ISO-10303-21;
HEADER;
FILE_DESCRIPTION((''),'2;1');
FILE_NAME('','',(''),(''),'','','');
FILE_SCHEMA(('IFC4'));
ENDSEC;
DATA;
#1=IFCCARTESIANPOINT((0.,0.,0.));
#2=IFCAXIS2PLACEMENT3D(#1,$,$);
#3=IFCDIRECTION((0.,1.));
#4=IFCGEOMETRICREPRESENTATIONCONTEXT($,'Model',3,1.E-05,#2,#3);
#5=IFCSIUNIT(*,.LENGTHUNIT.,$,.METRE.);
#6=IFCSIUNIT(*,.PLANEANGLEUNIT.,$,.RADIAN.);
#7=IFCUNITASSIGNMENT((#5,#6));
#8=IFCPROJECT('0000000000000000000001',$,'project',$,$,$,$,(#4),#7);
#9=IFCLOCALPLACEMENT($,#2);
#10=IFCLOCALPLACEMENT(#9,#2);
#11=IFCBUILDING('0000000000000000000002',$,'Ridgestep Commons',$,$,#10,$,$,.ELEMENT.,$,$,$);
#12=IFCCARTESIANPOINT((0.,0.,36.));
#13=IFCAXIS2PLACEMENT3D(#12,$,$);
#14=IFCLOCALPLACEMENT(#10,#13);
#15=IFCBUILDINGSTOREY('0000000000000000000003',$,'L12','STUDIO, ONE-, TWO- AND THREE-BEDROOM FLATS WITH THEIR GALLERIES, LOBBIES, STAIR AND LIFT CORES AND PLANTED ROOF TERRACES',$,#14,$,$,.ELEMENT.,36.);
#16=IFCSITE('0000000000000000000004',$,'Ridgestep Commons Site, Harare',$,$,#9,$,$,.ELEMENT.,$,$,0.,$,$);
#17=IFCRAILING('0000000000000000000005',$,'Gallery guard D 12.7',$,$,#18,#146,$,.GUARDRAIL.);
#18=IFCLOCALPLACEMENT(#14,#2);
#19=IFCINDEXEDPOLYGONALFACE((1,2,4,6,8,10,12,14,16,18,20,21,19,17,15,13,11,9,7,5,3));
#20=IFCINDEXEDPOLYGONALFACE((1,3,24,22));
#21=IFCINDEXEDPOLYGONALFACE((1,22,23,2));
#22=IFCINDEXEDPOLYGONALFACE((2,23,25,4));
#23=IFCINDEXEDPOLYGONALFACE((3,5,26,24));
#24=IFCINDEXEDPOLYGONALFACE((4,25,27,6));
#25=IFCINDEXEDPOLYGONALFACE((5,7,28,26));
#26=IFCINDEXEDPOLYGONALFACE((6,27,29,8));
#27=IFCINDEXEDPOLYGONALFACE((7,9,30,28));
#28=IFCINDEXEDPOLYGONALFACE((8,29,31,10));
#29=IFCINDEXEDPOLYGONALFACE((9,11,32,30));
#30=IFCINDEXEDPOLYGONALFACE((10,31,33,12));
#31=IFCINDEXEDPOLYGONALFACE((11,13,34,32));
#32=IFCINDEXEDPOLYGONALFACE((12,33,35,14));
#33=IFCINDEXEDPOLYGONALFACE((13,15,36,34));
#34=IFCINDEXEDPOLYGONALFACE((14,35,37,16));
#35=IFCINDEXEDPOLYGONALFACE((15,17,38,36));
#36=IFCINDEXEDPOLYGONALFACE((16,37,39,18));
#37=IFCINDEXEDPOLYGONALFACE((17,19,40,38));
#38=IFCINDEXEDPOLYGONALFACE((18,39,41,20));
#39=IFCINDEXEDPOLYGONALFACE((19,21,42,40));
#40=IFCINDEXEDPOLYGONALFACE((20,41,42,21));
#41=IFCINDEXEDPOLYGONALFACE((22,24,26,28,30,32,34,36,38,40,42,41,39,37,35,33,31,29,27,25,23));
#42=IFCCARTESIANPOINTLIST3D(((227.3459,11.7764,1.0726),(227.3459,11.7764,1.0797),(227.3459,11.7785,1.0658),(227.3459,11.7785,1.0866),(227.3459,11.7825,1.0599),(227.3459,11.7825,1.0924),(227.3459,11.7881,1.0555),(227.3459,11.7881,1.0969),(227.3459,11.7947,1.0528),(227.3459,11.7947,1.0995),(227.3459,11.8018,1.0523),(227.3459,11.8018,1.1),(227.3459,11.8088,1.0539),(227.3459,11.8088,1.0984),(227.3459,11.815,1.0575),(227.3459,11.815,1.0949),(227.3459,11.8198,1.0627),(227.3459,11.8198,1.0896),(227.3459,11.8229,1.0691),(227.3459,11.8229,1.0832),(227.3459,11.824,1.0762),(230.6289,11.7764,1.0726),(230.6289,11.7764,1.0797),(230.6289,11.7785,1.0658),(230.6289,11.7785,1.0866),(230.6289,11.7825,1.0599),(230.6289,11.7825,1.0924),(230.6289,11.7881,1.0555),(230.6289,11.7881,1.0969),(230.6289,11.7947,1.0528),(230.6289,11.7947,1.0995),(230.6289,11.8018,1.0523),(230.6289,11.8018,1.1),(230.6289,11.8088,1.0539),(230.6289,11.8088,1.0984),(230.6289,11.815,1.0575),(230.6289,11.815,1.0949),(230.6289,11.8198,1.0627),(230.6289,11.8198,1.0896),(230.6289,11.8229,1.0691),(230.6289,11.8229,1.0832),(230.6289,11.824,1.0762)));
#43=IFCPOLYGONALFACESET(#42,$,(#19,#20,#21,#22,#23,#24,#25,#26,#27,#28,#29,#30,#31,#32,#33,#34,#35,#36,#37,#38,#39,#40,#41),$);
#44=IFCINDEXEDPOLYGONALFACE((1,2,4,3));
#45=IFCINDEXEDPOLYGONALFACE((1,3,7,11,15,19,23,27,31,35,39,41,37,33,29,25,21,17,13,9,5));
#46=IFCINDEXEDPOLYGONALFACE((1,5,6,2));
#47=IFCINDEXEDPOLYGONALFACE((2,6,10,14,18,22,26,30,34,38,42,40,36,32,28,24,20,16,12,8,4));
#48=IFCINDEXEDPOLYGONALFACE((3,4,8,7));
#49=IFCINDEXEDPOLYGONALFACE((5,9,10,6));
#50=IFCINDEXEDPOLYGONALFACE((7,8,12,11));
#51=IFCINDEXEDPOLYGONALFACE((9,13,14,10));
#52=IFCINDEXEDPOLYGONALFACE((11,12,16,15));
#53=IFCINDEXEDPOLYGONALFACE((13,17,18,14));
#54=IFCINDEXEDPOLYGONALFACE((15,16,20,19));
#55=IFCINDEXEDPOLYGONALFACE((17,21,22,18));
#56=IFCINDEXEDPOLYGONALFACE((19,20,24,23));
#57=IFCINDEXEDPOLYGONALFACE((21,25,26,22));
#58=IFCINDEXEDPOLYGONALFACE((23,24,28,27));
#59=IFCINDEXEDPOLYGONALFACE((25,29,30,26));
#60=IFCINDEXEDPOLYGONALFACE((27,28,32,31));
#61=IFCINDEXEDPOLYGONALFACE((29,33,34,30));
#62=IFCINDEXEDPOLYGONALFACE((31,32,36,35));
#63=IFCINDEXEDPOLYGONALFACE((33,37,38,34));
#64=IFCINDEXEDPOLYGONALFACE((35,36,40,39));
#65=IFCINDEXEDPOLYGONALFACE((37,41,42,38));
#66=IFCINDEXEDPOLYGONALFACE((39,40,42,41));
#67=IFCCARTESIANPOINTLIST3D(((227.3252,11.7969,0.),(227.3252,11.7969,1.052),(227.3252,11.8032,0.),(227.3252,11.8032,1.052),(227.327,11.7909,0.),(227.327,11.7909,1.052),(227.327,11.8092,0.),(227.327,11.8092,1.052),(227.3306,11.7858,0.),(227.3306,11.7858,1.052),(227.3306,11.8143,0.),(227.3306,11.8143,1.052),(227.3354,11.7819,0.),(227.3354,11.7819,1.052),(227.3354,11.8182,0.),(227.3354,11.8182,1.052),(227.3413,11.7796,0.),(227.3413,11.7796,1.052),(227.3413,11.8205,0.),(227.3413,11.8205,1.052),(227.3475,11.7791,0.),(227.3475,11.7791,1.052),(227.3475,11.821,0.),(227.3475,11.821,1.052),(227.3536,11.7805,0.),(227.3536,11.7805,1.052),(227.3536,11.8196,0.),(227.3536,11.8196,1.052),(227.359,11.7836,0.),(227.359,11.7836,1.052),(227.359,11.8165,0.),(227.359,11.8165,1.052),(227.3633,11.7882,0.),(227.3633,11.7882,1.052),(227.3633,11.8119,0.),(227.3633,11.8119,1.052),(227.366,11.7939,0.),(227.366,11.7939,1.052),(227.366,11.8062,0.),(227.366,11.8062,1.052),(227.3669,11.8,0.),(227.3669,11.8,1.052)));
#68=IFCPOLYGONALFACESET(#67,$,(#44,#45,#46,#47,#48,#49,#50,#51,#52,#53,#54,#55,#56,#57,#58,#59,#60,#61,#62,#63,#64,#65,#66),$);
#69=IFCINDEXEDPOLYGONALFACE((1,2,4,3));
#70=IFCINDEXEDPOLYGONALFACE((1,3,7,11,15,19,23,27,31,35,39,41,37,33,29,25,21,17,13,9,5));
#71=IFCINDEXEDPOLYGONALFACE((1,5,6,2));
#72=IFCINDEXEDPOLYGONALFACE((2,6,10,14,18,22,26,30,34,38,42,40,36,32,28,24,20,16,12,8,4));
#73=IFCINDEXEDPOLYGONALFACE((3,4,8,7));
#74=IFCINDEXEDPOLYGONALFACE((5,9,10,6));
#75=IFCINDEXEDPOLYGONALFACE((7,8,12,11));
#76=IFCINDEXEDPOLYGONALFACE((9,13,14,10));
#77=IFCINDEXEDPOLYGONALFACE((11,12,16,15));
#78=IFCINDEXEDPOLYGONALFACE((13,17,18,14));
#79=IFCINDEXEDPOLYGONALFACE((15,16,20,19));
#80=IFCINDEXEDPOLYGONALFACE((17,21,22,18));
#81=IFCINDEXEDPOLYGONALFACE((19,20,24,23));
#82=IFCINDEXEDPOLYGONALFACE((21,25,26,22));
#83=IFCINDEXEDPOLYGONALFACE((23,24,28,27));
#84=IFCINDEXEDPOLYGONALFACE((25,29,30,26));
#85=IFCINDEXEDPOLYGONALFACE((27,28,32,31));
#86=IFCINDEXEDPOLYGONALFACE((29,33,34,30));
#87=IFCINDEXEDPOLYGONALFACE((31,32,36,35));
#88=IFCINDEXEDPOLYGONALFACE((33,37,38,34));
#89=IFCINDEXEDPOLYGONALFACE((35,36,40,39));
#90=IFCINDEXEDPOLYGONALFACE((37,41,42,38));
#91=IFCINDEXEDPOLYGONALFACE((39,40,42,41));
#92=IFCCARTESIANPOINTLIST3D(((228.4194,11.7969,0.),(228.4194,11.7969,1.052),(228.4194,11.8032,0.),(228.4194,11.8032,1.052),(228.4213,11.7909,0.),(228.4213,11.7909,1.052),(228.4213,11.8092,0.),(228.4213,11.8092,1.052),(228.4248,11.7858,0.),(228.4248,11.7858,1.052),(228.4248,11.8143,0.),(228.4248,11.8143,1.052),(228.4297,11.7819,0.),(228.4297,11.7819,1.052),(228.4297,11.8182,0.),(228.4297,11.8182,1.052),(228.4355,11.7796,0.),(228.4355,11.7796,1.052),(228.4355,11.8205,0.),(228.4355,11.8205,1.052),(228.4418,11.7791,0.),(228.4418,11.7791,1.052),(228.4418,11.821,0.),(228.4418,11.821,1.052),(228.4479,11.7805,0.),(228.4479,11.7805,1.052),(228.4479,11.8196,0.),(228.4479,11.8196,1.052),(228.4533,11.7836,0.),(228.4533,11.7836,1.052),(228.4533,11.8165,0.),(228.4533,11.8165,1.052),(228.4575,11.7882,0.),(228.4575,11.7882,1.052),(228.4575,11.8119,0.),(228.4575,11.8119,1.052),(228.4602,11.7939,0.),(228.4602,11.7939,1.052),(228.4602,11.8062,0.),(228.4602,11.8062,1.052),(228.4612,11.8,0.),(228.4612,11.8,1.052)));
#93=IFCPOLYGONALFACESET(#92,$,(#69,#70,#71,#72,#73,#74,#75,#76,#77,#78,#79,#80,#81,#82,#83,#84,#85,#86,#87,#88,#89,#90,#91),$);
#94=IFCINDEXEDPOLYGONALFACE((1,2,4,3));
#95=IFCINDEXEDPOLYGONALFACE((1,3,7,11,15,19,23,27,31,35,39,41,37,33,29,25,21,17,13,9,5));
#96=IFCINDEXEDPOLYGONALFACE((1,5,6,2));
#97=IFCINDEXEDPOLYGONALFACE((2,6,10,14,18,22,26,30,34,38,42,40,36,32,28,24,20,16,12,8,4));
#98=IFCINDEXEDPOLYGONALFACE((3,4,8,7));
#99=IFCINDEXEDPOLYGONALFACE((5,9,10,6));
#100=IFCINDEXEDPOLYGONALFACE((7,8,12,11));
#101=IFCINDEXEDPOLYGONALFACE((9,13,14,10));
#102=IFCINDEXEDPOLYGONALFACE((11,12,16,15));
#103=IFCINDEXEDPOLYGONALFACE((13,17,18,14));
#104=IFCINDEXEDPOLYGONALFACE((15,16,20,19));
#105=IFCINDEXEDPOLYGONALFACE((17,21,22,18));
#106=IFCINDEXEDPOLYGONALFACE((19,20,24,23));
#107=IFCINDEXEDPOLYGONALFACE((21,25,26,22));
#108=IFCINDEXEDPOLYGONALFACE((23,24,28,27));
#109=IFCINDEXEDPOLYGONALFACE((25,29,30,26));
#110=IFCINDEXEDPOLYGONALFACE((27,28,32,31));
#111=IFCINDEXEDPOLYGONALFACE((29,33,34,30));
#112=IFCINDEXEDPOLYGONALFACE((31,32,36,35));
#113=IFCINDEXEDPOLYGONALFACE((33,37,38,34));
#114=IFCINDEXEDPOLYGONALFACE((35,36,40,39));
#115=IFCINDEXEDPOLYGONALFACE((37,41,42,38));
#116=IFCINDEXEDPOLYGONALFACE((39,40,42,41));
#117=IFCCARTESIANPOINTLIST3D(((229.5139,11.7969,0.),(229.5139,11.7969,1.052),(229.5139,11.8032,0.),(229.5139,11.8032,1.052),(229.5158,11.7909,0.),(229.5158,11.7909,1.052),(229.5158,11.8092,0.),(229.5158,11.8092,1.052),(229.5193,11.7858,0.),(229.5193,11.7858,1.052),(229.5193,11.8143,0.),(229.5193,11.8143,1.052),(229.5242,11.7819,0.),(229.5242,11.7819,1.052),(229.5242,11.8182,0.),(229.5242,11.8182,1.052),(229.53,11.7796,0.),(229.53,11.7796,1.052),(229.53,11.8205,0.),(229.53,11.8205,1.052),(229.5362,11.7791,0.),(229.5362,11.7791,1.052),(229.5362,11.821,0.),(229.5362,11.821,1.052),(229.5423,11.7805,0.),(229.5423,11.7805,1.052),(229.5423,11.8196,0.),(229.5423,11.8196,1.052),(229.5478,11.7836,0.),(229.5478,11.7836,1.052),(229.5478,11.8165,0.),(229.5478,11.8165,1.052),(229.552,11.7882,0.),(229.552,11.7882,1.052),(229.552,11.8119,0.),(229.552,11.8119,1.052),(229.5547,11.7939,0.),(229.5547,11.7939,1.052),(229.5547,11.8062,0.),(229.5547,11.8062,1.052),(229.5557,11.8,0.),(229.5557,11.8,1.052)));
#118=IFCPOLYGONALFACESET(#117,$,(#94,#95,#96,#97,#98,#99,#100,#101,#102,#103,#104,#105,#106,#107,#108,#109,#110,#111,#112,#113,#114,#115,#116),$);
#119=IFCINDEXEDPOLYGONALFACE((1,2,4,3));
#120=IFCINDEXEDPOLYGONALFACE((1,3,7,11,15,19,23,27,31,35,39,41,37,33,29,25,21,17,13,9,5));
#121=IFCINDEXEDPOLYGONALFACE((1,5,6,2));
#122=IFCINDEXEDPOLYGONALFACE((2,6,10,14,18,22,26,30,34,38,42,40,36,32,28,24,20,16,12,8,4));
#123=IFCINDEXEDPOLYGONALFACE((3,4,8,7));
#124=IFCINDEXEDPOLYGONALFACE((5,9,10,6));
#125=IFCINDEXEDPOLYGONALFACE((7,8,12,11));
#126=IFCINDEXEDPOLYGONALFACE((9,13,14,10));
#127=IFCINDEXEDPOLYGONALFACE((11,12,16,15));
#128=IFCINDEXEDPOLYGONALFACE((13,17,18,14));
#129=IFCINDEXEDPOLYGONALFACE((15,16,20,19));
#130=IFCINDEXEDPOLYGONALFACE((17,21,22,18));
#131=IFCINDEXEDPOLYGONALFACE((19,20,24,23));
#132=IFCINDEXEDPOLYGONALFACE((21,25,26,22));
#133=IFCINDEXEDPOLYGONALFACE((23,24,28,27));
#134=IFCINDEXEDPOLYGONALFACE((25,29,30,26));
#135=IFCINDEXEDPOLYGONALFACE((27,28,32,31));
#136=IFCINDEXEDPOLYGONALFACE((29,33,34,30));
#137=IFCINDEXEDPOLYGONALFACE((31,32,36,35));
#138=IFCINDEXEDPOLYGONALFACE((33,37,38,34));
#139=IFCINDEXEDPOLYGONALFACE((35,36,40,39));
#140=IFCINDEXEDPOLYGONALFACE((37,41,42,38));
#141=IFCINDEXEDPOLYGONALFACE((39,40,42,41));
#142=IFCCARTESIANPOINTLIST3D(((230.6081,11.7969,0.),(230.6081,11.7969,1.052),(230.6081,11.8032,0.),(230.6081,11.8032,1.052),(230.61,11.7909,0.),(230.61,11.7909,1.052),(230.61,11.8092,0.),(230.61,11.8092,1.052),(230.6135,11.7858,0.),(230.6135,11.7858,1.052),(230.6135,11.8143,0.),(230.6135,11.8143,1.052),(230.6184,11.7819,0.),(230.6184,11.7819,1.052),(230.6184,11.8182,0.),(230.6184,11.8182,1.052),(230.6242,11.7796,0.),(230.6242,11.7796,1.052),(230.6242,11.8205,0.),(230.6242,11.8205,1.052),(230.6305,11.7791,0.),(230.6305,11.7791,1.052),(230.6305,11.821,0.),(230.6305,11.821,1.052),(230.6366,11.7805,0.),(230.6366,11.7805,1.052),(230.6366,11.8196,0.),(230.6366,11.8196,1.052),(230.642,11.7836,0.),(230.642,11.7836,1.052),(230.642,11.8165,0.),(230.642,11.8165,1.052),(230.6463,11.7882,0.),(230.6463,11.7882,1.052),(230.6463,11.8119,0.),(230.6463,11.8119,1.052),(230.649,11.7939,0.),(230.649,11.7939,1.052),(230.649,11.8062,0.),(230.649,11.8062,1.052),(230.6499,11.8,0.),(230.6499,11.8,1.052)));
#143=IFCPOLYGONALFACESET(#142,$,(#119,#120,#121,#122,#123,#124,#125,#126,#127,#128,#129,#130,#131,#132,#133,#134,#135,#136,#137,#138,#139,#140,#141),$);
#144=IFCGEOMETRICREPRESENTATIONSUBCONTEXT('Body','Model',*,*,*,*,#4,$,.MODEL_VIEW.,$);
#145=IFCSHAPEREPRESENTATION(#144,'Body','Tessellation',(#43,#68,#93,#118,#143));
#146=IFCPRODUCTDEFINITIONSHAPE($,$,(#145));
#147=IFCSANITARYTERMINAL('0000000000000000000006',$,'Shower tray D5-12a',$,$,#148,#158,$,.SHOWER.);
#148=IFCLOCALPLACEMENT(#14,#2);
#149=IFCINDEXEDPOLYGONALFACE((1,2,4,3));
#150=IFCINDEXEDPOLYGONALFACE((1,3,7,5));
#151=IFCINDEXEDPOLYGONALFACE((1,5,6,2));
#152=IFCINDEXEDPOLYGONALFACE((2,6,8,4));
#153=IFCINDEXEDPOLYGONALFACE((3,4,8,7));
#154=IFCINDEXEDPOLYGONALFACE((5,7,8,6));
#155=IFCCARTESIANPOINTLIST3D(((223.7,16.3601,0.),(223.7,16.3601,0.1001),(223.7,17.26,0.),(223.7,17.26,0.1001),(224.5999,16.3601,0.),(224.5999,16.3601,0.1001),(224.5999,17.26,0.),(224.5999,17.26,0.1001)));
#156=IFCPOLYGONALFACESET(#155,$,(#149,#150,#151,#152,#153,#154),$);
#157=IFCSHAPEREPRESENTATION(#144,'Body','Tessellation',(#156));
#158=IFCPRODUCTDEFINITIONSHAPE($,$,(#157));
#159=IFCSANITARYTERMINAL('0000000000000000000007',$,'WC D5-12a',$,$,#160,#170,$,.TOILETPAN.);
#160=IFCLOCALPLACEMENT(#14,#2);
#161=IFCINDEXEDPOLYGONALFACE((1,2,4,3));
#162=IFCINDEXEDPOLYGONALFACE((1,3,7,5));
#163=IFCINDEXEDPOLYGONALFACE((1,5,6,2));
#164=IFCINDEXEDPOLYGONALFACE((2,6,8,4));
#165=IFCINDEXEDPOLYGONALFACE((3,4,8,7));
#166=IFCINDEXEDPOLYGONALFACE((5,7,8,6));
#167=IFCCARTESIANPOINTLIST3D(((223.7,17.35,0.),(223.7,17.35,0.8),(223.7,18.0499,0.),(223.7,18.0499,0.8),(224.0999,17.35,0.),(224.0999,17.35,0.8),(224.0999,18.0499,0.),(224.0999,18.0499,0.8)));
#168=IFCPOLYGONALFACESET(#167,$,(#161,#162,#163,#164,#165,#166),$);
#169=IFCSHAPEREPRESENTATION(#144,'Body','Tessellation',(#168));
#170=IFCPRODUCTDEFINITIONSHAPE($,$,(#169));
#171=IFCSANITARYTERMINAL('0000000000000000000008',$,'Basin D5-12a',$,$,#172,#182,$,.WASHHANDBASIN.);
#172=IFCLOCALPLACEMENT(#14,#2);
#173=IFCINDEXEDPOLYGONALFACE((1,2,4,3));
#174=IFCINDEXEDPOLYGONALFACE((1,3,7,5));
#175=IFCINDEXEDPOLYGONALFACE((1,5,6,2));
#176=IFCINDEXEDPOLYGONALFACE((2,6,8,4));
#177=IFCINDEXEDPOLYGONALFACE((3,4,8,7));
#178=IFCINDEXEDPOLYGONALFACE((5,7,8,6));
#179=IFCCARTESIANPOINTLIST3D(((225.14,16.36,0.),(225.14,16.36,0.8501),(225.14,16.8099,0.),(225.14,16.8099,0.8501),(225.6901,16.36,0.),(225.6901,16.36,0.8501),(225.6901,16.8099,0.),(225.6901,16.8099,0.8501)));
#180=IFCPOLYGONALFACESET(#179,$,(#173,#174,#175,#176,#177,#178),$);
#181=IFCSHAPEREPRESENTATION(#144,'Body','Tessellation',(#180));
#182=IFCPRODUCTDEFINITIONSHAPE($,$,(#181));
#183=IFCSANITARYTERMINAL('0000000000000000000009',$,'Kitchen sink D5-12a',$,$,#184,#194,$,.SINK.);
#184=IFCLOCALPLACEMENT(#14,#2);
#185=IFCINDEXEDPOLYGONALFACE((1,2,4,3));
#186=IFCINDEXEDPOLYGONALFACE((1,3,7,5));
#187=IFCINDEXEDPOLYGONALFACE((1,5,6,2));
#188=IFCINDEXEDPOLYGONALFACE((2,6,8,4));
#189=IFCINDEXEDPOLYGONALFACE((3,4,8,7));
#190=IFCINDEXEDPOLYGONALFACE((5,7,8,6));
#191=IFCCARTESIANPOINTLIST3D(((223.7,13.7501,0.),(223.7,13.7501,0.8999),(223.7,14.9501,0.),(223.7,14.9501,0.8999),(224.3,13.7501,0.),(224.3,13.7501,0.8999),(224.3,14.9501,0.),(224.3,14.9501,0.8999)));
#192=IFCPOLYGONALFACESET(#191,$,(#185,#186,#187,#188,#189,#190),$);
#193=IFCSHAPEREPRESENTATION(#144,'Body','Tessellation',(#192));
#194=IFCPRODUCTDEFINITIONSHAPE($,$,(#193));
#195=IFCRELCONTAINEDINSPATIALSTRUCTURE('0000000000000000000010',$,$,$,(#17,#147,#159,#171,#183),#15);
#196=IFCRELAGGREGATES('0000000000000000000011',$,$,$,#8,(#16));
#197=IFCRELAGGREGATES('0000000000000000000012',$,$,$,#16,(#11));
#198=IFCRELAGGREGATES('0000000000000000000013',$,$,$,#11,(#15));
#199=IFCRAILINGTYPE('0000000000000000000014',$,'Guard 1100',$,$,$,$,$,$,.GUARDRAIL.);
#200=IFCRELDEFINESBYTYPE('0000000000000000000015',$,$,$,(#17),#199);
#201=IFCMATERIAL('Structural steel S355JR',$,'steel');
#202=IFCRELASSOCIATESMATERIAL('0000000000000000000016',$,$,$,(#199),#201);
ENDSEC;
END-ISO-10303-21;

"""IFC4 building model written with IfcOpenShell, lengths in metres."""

from ifc_helpers import new_model, si_unit, direction, frame, origin, origin_2d, place, context, subcontext, project, spatial, rectangle, circle, extrude, material, type_object, element, save


model = new_model("IFC4")

# Units and contexts
model_context = context("Model", 3, precision=1e-05, world=origin(), true_north=direction((0.0, 1.0)))
body_context = subcontext(model_context, "Body", "Model", "MODEL_VIEW")
ifc_project = project(units=[si_unit("LENGTHUNIT", "METRE"), si_unit("PLANEANGLEUNIT", "RADIAN")], contexts=[model_context])

# Site, building, storey
site_placement = place(None, origin())
site = spatial("IfcSite", under=ifc_project, at=site_placement, Name="Ridgestep Commons Site, Harare", CompositionType="ELEMENT", RefElevation=0.0)
building_placement = place(site_placement, origin())
building = spatial("IfcBuilding", under=site, at=building_placement, Name="Ridgestep Commons", CompositionType="ELEMENT")
storey_placement = place(building_placement, frame((0.0, 0.0, 36.0)))
storey = spatial("IfcBuildingStorey", under=building, at=storey_placement, Name="L12", Description="STUDIO, ONE-, TWO- AND THREE-BEDROOM FLATS WITH THEIR GALLERIES, LOBBIES, STAIR AND LIFT CORES AND PLANTED ROOF TERRACES", CompositionType="ELEMENT", Elevation=36.0)

# Railing
ifc_material_1 = material(Name="Structural steel S355JR", Category="steel")
railing_type = type_object("IfcRailingType", Name="Guard 1100", PredefinedType="GUARDRAIL", material=ifc_material_1)
railing_1_placement = place(storey_placement, frame((227.3459, 11.8, 0.0)))
element("IfcRailing", 1, at=railing_1_placement, inside=storey, type_object=railing_type, Name="Gallery guard D 12.7", PredefinedType="GUARDRAIL", context=body_context, shape_type="SweptSolid", body=[
    extrude(circle(Radius=0.0239, at=origin_2d()), frame((0.0, 0.0, 1.0762), z_axis=(1.0, 0.0, 0.0), x_axis=(0.0, 1.0, 0.0)), (0.0, 0.0, 1.0), 3.283),
    extrude(circle(Radius=0.021, at=origin_2d()), origin(), (0.0, 0.0, 1.0), 1.052),
    extrude(circle(Radius=0.021, at=origin_2d()), frame((1.0942, 0.0, 0.0)), (0.0, 0.0, 1.0), 1.052),
    extrude(circle(Radius=0.021, at=origin_2d()), frame((2.1887, 0.0, 0.0)), (0.0, 0.0, 1.0), 1.052),
    extrude(circle(Radius=0.021, at=origin_2d()), frame((3.283, 0.0, 0.0)), (0.0, 0.0, 1.0), 1.052),
])

# Sanitary terminals
sanitary_terminal_1_placement = place(storey_placement, frame((224.1499, 16.8101, 0.0), z_axis=(0.0, 0.0, 1.0), x_axis=(1.0, 0.0, 0.0)))
element("IfcSanitaryTerminal", 2, at=sanitary_terminal_1_placement, inside=storey, Name="Shower tray D5-12a", PredefinedType="SHOWER", context=body_context, shape_type="SweptSolid", body=[
    extrude(rectangle(XDim=0.8999, YDim=0.8999, at=origin_2d()), origin(), (0.0, 0.0, 1.0), 0.1001),
])
sanitary_terminal_2_placement = place(storey_placement, frame((223.8999, 17.7, 0.0), z_axis=(0.0, 0.0, 1.0), x_axis=(1.0, 0.0, 0.0)))
element("IfcSanitaryTerminal", 3, at=sanitary_terminal_2_placement, inside=storey, Name="WC D5-12a", PredefinedType="TOILETPAN", context=body_context, shape_type="SweptSolid", body=[
    extrude(rectangle(XDim=0.3999, YDim=0.7, at=origin_2d()), origin(), (0.0, 0.0, 1.0), 0.8),
])
sanitary_terminal_3_placement = place(storey_placement, frame((225.415, 16.585, 0.0), z_axis=(0.0, 0.0, 1.0), x_axis=(1.0, 0.0, 0.0)))
element("IfcSanitaryTerminal", 4, at=sanitary_terminal_3_placement, inside=storey, Name="Basin D5-12a", PredefinedType="WASHHANDBASIN", context=body_context, shape_type="SweptSolid", body=[
    extrude(rectangle(XDim=0.55, YDim=0.45, at=origin_2d()), origin(), (0.0, 0.0, 1.0), 0.8501),
])
sanitary_terminal_4_placement = place(storey_placement, frame((224.0, 14.3501, 0.0), z_axis=(0.0, 0.0, 1.0), x_axis=(1.0, 0.0, 0.0)))
element("IfcSanitaryTerminal", 5, at=sanitary_terminal_4_placement, inside=storey, Name="Kitchen sink D5-12a", PredefinedType="SINK", context=body_context, shape_type="SweptSolid", body=[
    extrude(rectangle(XDim=0.6001, YDim=1.2, at=origin_2d()), origin(), (0.0, 0.0, 1.0), 0.8999),
])

save(model, "model.ifc")
